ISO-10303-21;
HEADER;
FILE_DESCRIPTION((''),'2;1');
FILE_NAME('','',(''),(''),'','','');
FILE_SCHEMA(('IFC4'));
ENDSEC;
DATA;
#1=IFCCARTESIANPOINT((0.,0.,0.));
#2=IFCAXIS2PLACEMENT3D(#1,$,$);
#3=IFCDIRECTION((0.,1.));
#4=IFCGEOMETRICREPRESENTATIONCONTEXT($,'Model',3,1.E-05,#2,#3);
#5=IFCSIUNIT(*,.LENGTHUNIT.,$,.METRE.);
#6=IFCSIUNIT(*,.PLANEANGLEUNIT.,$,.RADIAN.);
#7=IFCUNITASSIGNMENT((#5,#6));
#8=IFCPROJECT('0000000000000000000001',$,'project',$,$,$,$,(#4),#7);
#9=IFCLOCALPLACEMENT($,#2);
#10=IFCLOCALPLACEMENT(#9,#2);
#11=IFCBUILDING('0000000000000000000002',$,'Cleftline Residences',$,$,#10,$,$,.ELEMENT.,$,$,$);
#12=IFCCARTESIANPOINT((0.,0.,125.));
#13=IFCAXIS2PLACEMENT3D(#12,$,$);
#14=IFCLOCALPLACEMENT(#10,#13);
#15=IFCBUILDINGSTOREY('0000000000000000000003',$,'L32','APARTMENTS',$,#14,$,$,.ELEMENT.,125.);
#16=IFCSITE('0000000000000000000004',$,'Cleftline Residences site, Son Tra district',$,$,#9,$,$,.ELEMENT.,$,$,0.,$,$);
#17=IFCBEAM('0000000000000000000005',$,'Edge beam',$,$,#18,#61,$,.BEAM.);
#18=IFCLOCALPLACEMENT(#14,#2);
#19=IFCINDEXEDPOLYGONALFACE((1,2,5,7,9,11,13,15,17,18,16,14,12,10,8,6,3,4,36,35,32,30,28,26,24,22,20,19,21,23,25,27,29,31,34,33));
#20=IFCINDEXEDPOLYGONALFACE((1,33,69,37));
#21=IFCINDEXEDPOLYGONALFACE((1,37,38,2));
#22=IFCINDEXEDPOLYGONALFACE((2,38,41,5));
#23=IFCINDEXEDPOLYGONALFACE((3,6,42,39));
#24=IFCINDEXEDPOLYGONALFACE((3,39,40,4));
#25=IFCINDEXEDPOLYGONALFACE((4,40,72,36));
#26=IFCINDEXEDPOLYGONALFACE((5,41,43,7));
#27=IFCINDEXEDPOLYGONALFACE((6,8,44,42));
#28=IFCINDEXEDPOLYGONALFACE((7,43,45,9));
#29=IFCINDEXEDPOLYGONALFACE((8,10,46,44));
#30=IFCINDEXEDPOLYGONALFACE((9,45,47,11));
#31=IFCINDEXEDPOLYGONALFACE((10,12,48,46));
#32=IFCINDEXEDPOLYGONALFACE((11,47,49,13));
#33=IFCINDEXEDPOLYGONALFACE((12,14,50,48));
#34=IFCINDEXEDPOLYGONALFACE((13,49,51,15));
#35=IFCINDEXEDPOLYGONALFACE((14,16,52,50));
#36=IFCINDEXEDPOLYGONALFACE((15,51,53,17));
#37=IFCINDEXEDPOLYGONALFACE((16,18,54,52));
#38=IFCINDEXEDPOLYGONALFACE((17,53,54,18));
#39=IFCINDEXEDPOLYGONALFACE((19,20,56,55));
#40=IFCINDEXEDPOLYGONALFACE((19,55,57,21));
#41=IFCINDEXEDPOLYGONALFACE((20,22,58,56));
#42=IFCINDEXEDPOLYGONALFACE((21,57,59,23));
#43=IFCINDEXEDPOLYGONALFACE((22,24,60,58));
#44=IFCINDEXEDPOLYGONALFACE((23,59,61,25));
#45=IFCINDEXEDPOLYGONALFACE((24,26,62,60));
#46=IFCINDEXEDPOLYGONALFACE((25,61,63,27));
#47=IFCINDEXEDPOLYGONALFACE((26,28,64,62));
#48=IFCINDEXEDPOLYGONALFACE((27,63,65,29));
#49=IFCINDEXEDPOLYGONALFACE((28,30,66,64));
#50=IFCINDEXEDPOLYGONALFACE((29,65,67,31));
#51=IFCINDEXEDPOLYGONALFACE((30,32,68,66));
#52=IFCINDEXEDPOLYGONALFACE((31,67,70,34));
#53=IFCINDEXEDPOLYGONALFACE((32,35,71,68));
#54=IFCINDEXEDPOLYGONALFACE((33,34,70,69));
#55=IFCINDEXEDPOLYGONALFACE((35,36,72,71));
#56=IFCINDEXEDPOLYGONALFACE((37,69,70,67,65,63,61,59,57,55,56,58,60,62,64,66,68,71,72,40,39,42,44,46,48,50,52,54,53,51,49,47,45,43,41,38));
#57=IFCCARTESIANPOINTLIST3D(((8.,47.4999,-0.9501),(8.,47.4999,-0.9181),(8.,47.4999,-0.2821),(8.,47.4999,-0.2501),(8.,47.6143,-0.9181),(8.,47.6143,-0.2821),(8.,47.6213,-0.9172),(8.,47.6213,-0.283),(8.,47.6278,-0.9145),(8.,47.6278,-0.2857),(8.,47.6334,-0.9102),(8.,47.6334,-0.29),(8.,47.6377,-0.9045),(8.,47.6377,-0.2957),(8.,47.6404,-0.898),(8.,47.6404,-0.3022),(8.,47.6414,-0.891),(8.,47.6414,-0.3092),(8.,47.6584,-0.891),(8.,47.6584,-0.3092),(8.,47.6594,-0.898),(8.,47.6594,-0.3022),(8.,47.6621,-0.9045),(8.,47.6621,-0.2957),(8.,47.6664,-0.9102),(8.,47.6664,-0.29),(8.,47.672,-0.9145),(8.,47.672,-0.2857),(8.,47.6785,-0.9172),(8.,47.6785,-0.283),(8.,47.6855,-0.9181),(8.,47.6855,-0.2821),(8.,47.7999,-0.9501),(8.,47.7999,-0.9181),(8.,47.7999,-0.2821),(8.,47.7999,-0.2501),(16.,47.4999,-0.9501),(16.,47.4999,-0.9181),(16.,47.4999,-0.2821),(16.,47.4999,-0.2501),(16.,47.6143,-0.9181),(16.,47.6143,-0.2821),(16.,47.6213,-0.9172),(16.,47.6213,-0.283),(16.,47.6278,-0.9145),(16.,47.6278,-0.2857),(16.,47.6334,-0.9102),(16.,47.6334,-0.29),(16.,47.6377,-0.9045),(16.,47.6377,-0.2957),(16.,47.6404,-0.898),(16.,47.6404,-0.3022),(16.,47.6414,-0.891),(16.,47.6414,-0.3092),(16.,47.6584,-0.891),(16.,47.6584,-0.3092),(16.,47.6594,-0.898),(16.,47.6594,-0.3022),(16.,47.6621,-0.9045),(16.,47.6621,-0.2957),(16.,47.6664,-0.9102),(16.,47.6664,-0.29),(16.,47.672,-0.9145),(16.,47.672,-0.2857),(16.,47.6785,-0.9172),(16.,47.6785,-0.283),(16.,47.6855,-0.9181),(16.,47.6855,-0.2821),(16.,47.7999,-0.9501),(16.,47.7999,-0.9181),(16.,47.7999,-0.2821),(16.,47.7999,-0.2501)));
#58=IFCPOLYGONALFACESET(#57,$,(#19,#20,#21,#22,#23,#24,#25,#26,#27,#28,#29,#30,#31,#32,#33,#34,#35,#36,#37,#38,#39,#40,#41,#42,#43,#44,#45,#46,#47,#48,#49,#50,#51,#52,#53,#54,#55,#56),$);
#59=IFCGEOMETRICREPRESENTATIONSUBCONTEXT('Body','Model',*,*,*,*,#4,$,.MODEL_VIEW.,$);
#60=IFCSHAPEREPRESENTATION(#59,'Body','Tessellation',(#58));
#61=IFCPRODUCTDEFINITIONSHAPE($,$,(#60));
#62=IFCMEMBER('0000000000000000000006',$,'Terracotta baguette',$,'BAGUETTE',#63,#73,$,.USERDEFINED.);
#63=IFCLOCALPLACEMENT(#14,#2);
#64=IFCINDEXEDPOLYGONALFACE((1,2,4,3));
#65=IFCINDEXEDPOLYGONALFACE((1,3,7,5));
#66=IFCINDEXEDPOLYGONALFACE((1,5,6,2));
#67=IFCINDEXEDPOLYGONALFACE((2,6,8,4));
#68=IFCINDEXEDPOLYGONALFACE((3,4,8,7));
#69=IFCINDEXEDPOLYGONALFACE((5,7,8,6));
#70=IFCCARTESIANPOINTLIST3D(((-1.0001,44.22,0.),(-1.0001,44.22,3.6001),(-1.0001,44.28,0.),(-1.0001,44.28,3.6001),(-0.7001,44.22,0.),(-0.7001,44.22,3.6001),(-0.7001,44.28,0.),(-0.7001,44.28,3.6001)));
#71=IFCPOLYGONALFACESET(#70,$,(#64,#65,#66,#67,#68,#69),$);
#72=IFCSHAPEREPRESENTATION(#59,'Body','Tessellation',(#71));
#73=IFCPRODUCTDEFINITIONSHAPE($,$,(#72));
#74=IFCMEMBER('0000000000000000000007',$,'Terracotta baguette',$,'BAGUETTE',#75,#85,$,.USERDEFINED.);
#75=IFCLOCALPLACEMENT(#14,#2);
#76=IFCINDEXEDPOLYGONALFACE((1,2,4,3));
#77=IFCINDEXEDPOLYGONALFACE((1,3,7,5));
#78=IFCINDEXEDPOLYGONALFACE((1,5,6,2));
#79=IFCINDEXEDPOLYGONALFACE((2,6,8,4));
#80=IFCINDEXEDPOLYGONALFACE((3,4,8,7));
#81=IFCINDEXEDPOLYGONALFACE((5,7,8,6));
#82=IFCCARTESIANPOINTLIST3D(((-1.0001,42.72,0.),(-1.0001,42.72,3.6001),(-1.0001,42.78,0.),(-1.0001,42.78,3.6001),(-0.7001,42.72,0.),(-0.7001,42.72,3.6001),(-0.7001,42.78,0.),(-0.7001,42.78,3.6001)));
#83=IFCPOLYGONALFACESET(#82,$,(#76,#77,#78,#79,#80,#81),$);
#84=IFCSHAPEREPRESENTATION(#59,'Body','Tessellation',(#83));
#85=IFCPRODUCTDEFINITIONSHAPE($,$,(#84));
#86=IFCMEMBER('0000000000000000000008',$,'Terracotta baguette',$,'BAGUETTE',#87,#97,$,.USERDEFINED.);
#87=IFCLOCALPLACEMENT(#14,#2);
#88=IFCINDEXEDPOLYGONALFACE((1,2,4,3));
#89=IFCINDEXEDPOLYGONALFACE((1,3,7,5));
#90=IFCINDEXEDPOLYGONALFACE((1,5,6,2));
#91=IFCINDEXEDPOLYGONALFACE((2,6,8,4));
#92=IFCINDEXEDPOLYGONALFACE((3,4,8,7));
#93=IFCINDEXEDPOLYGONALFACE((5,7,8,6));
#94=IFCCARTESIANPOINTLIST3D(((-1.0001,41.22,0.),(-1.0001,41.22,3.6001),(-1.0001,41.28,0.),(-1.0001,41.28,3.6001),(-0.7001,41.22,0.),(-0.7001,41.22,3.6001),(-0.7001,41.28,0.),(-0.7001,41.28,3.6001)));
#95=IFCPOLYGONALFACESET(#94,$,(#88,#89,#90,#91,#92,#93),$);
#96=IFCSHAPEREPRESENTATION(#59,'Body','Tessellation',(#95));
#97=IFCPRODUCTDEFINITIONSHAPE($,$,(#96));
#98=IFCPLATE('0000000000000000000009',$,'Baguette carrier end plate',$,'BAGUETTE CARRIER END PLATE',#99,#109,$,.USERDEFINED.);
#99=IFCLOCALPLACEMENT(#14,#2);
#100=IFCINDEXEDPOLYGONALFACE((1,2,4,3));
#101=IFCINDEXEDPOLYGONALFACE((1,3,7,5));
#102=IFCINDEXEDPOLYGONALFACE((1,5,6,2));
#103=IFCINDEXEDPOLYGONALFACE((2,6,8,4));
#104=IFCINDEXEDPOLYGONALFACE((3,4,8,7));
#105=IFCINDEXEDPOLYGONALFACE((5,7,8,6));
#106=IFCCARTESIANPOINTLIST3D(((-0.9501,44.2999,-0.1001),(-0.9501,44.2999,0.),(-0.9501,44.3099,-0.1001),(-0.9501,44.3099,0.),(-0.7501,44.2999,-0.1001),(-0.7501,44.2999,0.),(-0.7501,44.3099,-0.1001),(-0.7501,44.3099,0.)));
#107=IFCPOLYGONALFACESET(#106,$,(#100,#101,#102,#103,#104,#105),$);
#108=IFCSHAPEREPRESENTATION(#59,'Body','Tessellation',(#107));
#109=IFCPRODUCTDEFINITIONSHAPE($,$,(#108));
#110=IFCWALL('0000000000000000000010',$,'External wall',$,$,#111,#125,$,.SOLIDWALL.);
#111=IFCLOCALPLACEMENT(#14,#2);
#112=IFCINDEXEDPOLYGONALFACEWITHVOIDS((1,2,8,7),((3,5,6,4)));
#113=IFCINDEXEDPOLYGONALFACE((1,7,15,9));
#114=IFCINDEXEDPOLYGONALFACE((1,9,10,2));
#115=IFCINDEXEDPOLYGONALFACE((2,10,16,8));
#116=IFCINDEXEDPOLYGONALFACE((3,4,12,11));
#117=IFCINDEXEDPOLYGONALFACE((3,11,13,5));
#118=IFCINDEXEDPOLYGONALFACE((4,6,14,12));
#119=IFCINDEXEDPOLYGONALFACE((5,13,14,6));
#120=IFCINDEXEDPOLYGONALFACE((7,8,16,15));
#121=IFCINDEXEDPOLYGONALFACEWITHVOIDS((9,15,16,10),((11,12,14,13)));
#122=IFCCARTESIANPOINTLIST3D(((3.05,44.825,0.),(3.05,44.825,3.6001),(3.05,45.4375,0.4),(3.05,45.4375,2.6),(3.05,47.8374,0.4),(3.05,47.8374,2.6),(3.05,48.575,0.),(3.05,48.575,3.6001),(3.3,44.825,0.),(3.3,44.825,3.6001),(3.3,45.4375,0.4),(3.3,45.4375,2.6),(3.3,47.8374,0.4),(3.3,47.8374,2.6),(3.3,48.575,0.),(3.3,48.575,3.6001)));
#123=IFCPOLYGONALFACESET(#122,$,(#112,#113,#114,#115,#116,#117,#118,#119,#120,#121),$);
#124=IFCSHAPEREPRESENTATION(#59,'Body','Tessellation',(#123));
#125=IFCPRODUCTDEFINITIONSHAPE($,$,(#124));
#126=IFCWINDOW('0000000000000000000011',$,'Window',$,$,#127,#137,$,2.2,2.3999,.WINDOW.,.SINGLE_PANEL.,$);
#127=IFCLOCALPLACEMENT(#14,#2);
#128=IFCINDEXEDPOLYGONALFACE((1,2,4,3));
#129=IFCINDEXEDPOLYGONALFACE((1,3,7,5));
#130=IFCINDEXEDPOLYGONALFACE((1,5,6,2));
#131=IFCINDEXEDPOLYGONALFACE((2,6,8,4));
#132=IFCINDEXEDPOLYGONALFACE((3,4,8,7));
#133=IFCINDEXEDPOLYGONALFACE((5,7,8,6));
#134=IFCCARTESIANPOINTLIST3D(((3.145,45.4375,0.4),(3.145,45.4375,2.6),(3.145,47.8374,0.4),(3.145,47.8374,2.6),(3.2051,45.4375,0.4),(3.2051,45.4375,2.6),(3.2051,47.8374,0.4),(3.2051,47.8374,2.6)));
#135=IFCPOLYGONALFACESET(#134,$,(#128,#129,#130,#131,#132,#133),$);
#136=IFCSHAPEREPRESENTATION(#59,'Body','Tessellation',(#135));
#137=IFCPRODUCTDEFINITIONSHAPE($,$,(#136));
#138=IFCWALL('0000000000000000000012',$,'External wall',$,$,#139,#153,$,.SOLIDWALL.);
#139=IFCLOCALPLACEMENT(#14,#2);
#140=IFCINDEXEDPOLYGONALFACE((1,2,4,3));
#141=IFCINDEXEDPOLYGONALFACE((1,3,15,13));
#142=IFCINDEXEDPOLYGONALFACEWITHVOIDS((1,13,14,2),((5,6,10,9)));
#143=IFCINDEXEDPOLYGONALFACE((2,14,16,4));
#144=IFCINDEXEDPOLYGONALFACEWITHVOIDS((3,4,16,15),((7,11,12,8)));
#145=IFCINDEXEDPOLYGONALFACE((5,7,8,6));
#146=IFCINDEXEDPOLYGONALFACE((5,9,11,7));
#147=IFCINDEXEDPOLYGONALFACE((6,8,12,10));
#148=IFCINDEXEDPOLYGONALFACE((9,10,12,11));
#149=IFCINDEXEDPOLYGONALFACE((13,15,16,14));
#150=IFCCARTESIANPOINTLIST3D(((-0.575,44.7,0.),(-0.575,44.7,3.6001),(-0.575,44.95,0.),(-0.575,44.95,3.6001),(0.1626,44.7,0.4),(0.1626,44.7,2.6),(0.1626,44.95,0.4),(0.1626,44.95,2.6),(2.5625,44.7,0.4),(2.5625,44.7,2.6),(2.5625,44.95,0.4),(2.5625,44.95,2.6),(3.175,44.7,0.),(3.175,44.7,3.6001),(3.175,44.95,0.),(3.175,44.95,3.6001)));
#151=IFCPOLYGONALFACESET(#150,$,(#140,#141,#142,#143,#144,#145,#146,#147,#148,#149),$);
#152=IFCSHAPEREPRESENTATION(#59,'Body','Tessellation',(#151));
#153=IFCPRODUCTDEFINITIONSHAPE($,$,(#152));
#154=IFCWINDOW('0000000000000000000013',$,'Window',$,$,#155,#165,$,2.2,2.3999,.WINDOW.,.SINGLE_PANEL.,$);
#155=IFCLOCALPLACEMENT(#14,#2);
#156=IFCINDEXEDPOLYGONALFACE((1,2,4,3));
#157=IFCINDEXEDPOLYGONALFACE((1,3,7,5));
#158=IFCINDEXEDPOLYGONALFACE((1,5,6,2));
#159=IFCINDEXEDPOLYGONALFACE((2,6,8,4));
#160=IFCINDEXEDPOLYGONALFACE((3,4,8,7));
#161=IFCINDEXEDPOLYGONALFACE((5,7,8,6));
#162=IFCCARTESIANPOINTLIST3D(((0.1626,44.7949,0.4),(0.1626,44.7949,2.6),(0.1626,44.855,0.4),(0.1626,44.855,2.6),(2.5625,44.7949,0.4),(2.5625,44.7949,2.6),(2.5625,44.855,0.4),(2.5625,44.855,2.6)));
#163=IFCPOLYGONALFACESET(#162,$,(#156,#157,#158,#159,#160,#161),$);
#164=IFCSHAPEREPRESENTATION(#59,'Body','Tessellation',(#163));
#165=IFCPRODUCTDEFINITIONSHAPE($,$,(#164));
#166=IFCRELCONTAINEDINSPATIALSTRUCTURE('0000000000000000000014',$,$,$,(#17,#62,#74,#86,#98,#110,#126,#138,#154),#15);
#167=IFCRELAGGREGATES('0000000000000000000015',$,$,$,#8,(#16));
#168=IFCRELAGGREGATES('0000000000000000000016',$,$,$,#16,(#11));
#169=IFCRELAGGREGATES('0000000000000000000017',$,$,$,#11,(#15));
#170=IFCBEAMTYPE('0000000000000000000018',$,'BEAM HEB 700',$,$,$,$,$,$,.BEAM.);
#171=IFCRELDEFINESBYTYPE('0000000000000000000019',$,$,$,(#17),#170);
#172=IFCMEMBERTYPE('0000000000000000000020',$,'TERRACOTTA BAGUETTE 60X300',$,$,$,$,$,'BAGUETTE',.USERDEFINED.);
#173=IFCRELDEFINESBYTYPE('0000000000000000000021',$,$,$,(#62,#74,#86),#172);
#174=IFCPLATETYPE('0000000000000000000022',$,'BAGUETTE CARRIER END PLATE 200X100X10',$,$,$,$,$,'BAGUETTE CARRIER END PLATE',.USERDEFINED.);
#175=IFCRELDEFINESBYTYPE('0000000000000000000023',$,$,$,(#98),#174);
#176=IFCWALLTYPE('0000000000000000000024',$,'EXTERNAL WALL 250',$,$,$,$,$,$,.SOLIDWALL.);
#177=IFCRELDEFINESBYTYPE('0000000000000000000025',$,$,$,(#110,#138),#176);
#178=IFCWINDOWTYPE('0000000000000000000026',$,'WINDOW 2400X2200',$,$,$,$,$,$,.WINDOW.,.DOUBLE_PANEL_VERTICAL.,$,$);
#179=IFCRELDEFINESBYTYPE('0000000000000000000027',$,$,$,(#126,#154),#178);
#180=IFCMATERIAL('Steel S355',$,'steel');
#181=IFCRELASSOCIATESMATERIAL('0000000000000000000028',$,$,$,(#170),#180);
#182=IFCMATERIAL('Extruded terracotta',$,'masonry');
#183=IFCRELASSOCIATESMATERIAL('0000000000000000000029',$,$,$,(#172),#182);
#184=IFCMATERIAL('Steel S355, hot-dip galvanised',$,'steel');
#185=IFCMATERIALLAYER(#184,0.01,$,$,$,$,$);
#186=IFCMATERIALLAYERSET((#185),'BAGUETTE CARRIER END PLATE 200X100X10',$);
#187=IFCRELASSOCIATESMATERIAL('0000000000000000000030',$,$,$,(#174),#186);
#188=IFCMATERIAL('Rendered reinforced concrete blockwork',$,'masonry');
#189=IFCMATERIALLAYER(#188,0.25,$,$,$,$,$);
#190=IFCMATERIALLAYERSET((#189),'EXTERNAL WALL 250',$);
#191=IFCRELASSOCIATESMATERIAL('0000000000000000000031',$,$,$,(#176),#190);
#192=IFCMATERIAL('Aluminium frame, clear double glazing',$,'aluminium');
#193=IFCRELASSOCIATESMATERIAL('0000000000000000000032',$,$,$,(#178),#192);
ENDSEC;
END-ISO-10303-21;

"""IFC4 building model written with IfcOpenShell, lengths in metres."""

from ifc_helpers import new_model, si_unit, direction, frame, frame_2d, origin, origin_2d, place, context, subcontext, project, spatial, rectangle, i_section, extrude, material, layer, layer_set, material_profile, profile_set, type_object, element, fill, save


model = new_model("IFC4")

# Units and contexts
model_context = context("Model", 3, precision=1e-05, world=origin(), true_north=direction((0.0, 1.0)))
body_context = subcontext(model_context, "Body", "Model", "MODEL_VIEW")
ifc_project = project(units=[si_unit("LENGTHUNIT", "METRE"), si_unit("PLANEANGLEUNIT", "RADIAN")], contexts=[model_context])

# Site, building, storey
site_placement = place(None, origin())
site = spatial("IfcSite", under=ifc_project, at=site_placement, Name="Cleftline Residences site, Son Tra district", CompositionType="ELEMENT", RefElevation=0.0)
building_placement = place(site_placement, origin())
building = spatial("IfcBuilding", under=site, at=building_placement, Name="Cleftline Residences", CompositionType="ELEMENT")
storey_placement = place(building_placement, frame((0.0, 0.0, 125.0)))
storey = spatial("IfcBuildingStorey", under=building, at=storey_placement, Name="L32", Description="APARTMENTS", CompositionType="ELEMENT", Elevation=125.0)

# Beam
ifc_material_1 = material(Name="Steel S355", Category="steel")
ifc_material_profile_1 = material_profile(ifc_material_1, i_section(OverallWidth=0.3, OverallDepth=0.7, WebThickness=0.0171, FlangeThickness=0.032, FilletRadius=0.0271, at=origin_2d()))
ifc_profile_set_1 = profile_set([ifc_material_profile_1], Name="Steel S355")
beam_type = type_object("IfcBeamType", Name="BEAM HEB 700", PredefinedType="BEAM", material=ifc_profile_set_1)
beam_placement = place(storey_placement, frame((8.0, 47.6499, -0.6001), z_axis=(1.0, 0.0, 0.0), x_axis=(0.0, 1.0, 0.0)))
element("IfcBeam", 1, at=beam_placement, inside=storey, type_object=beam_type, Name="Edge beam", PredefinedType="BEAM", context=body_context, shape_type="SweptSolid", body=[
    extrude(i_section(OverallWidth=0.3, OverallDepth=0.7, WebThickness=0.0171, FlangeThickness=0.032, FilletRadius=0.0271, at=origin_2d()), origin(), (0.0, 0.0, 1.0), 8.0),
])

# Members
ifc_material_2 = material(Name="Extruded terracotta", Category="masonry")
ifc_material_profile_2 = material_profile(ifc_material_2, rectangle(XDim=0.0601, YDim=0.3, at=origin_2d()))
ifc_profile_set_2 = profile_set([ifc_material_profile_2], Name="Extruded terracotta")
member_type_1 = type_object("IfcMemberType", Name="TERRACOTTA BAGUETTE 60X300", ElementType="BAGUETTE", PredefinedType="USERDEFINED", material=ifc_profile_set_2)
for number, where, z_axis, x_axis, name in (
    (2, (-0.8501, 44.25, 0.0), (0.0, 0.0, 1.0), (0.0, 1.0, 0.0), "Terracotta baguette"),
    (3, (-0.8501, 42.75, 0.0), (0.0, 0.0, 1.0), (0.0, 1.0, 0.0), "Terracotta baguette"),
    (4, (-0.8501, 41.25, 0.0), (0.0, 0.0, 1.0), (0.0, 1.0, 0.0), "Terracotta baguette"),
):
    element("IfcMember", number, at=place(storey_placement, frame(where, z_axis=z_axis, x_axis=x_axis)), inside=storey, type_object=member_type_1, Name=name, ObjectType="BAGUETTE", PredefinedType="USERDEFINED", context=body_context, shape_type="SweptSolid", body=[
        extrude(rectangle(XDim=0.0601, YDim=0.3, at=origin_2d()), origin(), (0.0, 0.0, 1.0), 3.6001),
    ])

# Plate
ifc_material_3 = material(Name="Steel S355, hot-dip galvanised", Category="steel")
ifc_layer_1 = layer(ifc_material_3, 0.01)
ifc_layer_set_1 = layer_set([ifc_layer_1], Name="BAGUETTE CARRIER END PLATE 200X100X10")
plate_type = type_object("IfcPlateType", Name="BAGUETTE CARRIER END PLATE 200X100X10", ElementType="BAGUETTE CARRIER END PLATE", PredefinedType="USERDEFINED", material=ifc_layer_set_1)
plate_placement = place(storey_placement, frame((-0.8501, 44.3049, -0.1001), z_axis=(0.0, 0.0, 1.0), x_axis=(-1.0, 0.0, 0.0)))
element("IfcPlate", 5, at=plate_placement, inside=storey, type_object=plate_type, Name="Baguette carrier end plate", ObjectType="BAGUETTE CARRIER END PLATE", PredefinedType="USERDEFINED", context=body_context, shape_type="SweptSolid", body=[
    extrude(rectangle(XDim=0.2, YDim=0.01, at=origin_2d()), origin(), (0.0, 0.0, 1.0), 0.1001),
])

# Walls, openings, windows
ifc_material_4 = material(Name="Rendered reinforced concrete blockwork", Category="masonry")
ifc_layer_2 = layer(ifc_material_4, 0.25)
ifc_layer_set_2 = layer_set([ifc_layer_2], Name="EXTERNAL WALL 250")
wall_type_1 = type_object("IfcWallType", Name="EXTERNAL WALL 250", PredefinedType="SOLIDWALL", material=ifc_layer_set_2)
wall_1_placement = place(storey_placement, frame((3.175, 48.575, 0.0), z_axis=(0.0, 0.0, 1.0), x_axis=(0.0, -1.0, 0.0)))
wall_1 = element("IfcWall", 6, at=wall_1_placement, inside=storey, type_object=wall_type_1, Name="External wall", PredefinedType="SOLIDWALL", context=body_context, shape_type="SweptSolid", body=[
    extrude(rectangle(XDim=3.75, YDim=0.25, at=frame_2d((1.875, 0.0))), origin(), (0.0, 0.0, 1.0), 3.6001),
])
opening_1_placement = place(wall_1_placement, frame((0.7375, 0.0, 0.3999)))
opening_1 = element("IfcOpeningElement", 7, at=opening_1_placement, cuts=wall_1, PredefinedType="OPENING", context=body_context, shape_type="SweptSolid", body=[
    extrude(rectangle(XDim=2.3999, YDim=2.2, at=frame_2d((1.2, 1.1001))), frame((0.0, 0.135, 0.0), z_axis=(0.0, -1.0, 0.0), x_axis=(1.0, 0.0, 0.0)), (0.0, 0.0, 1.0), 0.27),
])
ifc_material_5 = material(Name="Aluminium frame, clear double glazing", Category="aluminium")
window_type_1 = type_object("IfcWindowType", Name="WINDOW 2400X2200", PartitioningType="DOUBLE_PANEL_VERTICAL", PredefinedType="WINDOW", material=ifc_material_5)
window_1_placement = place(opening_1_placement, origin())
window_1 = element("IfcWindow", 8, at=window_1_placement, inside=storey, type_object=window_type_1, Name="Window", OverallHeight=2.2, OverallWidth=2.3999, PartitioningType="SINGLE_PANEL", PredefinedType="WINDOW", context=body_context, shape_type="SweptSolid", body=[
    extrude(rectangle(XDim=2.3999, YDim=2.2, at=frame_2d((1.2, 1.1001))), frame((0.0, 0.03, 0.0), z_axis=(0.0, -1.0, 0.0), x_axis=(1.0, 0.0, 0.0)), (0.0, 0.0, 1.0), 0.0601),
])
fill(opening_1, window_1)
wall_2_placement = place(storey_placement, frame((3.175, 44.825, 0.0), z_axis=(0.0, 0.0, 1.0), x_axis=(-1.0, 0.0, 0.0)))
wall_2 = element("IfcWall", 9, at=wall_2_placement, inside=storey, type_object=wall_type_1, Name="External wall", PredefinedType="SOLIDWALL", context=body_context, shape_type="SweptSolid", body=[
    extrude(rectangle(XDim=3.75, YDim=0.25, at=frame_2d((1.875, 0.0))), origin(), (0.0, 0.0, 1.0), 3.6001),
])
opening_2_placement = place(wall_2_placement, frame((0.6125, 0.0, 0.3999)))
opening_2 = element("IfcOpeningElement", 10, at=opening_2_placement, cuts=wall_2, PredefinedType="OPENING", context=body_context, shape_type="SweptSolid", body=[
    extrude(rectangle(XDim=2.3999, YDim=2.2, at=frame_2d((1.2, 1.1001))), frame((0.0, 0.135, 0.0), z_axis=(0.0, -1.0, 0.0), x_axis=(1.0, 0.0, 0.0)), (0.0, 0.0, 1.0), 0.27),
])
window_2_placement = place(opening_2_placement, origin())
window_2 = element("IfcWindow", 11, at=window_2_placement, inside=storey, type_object=window_type_1, Name="Window", OverallHeight=2.2, OverallWidth=2.3999, PartitioningType="SINGLE_PANEL", PredefinedType="WINDOW", context=body_context, shape_type="SweptSolid", body=[
    extrude(rectangle(XDim=2.3999, YDim=2.2, at=frame_2d((1.2, 1.1001))), frame((0.0, 0.03, 0.0), z_axis=(0.0, -1.0, 0.0), x_axis=(1.0, 0.0, 0.0)), (0.0, 0.0, 1.0), 0.0601),
])
fill(opening_2, window_2)

save(model, "model.ifc")
